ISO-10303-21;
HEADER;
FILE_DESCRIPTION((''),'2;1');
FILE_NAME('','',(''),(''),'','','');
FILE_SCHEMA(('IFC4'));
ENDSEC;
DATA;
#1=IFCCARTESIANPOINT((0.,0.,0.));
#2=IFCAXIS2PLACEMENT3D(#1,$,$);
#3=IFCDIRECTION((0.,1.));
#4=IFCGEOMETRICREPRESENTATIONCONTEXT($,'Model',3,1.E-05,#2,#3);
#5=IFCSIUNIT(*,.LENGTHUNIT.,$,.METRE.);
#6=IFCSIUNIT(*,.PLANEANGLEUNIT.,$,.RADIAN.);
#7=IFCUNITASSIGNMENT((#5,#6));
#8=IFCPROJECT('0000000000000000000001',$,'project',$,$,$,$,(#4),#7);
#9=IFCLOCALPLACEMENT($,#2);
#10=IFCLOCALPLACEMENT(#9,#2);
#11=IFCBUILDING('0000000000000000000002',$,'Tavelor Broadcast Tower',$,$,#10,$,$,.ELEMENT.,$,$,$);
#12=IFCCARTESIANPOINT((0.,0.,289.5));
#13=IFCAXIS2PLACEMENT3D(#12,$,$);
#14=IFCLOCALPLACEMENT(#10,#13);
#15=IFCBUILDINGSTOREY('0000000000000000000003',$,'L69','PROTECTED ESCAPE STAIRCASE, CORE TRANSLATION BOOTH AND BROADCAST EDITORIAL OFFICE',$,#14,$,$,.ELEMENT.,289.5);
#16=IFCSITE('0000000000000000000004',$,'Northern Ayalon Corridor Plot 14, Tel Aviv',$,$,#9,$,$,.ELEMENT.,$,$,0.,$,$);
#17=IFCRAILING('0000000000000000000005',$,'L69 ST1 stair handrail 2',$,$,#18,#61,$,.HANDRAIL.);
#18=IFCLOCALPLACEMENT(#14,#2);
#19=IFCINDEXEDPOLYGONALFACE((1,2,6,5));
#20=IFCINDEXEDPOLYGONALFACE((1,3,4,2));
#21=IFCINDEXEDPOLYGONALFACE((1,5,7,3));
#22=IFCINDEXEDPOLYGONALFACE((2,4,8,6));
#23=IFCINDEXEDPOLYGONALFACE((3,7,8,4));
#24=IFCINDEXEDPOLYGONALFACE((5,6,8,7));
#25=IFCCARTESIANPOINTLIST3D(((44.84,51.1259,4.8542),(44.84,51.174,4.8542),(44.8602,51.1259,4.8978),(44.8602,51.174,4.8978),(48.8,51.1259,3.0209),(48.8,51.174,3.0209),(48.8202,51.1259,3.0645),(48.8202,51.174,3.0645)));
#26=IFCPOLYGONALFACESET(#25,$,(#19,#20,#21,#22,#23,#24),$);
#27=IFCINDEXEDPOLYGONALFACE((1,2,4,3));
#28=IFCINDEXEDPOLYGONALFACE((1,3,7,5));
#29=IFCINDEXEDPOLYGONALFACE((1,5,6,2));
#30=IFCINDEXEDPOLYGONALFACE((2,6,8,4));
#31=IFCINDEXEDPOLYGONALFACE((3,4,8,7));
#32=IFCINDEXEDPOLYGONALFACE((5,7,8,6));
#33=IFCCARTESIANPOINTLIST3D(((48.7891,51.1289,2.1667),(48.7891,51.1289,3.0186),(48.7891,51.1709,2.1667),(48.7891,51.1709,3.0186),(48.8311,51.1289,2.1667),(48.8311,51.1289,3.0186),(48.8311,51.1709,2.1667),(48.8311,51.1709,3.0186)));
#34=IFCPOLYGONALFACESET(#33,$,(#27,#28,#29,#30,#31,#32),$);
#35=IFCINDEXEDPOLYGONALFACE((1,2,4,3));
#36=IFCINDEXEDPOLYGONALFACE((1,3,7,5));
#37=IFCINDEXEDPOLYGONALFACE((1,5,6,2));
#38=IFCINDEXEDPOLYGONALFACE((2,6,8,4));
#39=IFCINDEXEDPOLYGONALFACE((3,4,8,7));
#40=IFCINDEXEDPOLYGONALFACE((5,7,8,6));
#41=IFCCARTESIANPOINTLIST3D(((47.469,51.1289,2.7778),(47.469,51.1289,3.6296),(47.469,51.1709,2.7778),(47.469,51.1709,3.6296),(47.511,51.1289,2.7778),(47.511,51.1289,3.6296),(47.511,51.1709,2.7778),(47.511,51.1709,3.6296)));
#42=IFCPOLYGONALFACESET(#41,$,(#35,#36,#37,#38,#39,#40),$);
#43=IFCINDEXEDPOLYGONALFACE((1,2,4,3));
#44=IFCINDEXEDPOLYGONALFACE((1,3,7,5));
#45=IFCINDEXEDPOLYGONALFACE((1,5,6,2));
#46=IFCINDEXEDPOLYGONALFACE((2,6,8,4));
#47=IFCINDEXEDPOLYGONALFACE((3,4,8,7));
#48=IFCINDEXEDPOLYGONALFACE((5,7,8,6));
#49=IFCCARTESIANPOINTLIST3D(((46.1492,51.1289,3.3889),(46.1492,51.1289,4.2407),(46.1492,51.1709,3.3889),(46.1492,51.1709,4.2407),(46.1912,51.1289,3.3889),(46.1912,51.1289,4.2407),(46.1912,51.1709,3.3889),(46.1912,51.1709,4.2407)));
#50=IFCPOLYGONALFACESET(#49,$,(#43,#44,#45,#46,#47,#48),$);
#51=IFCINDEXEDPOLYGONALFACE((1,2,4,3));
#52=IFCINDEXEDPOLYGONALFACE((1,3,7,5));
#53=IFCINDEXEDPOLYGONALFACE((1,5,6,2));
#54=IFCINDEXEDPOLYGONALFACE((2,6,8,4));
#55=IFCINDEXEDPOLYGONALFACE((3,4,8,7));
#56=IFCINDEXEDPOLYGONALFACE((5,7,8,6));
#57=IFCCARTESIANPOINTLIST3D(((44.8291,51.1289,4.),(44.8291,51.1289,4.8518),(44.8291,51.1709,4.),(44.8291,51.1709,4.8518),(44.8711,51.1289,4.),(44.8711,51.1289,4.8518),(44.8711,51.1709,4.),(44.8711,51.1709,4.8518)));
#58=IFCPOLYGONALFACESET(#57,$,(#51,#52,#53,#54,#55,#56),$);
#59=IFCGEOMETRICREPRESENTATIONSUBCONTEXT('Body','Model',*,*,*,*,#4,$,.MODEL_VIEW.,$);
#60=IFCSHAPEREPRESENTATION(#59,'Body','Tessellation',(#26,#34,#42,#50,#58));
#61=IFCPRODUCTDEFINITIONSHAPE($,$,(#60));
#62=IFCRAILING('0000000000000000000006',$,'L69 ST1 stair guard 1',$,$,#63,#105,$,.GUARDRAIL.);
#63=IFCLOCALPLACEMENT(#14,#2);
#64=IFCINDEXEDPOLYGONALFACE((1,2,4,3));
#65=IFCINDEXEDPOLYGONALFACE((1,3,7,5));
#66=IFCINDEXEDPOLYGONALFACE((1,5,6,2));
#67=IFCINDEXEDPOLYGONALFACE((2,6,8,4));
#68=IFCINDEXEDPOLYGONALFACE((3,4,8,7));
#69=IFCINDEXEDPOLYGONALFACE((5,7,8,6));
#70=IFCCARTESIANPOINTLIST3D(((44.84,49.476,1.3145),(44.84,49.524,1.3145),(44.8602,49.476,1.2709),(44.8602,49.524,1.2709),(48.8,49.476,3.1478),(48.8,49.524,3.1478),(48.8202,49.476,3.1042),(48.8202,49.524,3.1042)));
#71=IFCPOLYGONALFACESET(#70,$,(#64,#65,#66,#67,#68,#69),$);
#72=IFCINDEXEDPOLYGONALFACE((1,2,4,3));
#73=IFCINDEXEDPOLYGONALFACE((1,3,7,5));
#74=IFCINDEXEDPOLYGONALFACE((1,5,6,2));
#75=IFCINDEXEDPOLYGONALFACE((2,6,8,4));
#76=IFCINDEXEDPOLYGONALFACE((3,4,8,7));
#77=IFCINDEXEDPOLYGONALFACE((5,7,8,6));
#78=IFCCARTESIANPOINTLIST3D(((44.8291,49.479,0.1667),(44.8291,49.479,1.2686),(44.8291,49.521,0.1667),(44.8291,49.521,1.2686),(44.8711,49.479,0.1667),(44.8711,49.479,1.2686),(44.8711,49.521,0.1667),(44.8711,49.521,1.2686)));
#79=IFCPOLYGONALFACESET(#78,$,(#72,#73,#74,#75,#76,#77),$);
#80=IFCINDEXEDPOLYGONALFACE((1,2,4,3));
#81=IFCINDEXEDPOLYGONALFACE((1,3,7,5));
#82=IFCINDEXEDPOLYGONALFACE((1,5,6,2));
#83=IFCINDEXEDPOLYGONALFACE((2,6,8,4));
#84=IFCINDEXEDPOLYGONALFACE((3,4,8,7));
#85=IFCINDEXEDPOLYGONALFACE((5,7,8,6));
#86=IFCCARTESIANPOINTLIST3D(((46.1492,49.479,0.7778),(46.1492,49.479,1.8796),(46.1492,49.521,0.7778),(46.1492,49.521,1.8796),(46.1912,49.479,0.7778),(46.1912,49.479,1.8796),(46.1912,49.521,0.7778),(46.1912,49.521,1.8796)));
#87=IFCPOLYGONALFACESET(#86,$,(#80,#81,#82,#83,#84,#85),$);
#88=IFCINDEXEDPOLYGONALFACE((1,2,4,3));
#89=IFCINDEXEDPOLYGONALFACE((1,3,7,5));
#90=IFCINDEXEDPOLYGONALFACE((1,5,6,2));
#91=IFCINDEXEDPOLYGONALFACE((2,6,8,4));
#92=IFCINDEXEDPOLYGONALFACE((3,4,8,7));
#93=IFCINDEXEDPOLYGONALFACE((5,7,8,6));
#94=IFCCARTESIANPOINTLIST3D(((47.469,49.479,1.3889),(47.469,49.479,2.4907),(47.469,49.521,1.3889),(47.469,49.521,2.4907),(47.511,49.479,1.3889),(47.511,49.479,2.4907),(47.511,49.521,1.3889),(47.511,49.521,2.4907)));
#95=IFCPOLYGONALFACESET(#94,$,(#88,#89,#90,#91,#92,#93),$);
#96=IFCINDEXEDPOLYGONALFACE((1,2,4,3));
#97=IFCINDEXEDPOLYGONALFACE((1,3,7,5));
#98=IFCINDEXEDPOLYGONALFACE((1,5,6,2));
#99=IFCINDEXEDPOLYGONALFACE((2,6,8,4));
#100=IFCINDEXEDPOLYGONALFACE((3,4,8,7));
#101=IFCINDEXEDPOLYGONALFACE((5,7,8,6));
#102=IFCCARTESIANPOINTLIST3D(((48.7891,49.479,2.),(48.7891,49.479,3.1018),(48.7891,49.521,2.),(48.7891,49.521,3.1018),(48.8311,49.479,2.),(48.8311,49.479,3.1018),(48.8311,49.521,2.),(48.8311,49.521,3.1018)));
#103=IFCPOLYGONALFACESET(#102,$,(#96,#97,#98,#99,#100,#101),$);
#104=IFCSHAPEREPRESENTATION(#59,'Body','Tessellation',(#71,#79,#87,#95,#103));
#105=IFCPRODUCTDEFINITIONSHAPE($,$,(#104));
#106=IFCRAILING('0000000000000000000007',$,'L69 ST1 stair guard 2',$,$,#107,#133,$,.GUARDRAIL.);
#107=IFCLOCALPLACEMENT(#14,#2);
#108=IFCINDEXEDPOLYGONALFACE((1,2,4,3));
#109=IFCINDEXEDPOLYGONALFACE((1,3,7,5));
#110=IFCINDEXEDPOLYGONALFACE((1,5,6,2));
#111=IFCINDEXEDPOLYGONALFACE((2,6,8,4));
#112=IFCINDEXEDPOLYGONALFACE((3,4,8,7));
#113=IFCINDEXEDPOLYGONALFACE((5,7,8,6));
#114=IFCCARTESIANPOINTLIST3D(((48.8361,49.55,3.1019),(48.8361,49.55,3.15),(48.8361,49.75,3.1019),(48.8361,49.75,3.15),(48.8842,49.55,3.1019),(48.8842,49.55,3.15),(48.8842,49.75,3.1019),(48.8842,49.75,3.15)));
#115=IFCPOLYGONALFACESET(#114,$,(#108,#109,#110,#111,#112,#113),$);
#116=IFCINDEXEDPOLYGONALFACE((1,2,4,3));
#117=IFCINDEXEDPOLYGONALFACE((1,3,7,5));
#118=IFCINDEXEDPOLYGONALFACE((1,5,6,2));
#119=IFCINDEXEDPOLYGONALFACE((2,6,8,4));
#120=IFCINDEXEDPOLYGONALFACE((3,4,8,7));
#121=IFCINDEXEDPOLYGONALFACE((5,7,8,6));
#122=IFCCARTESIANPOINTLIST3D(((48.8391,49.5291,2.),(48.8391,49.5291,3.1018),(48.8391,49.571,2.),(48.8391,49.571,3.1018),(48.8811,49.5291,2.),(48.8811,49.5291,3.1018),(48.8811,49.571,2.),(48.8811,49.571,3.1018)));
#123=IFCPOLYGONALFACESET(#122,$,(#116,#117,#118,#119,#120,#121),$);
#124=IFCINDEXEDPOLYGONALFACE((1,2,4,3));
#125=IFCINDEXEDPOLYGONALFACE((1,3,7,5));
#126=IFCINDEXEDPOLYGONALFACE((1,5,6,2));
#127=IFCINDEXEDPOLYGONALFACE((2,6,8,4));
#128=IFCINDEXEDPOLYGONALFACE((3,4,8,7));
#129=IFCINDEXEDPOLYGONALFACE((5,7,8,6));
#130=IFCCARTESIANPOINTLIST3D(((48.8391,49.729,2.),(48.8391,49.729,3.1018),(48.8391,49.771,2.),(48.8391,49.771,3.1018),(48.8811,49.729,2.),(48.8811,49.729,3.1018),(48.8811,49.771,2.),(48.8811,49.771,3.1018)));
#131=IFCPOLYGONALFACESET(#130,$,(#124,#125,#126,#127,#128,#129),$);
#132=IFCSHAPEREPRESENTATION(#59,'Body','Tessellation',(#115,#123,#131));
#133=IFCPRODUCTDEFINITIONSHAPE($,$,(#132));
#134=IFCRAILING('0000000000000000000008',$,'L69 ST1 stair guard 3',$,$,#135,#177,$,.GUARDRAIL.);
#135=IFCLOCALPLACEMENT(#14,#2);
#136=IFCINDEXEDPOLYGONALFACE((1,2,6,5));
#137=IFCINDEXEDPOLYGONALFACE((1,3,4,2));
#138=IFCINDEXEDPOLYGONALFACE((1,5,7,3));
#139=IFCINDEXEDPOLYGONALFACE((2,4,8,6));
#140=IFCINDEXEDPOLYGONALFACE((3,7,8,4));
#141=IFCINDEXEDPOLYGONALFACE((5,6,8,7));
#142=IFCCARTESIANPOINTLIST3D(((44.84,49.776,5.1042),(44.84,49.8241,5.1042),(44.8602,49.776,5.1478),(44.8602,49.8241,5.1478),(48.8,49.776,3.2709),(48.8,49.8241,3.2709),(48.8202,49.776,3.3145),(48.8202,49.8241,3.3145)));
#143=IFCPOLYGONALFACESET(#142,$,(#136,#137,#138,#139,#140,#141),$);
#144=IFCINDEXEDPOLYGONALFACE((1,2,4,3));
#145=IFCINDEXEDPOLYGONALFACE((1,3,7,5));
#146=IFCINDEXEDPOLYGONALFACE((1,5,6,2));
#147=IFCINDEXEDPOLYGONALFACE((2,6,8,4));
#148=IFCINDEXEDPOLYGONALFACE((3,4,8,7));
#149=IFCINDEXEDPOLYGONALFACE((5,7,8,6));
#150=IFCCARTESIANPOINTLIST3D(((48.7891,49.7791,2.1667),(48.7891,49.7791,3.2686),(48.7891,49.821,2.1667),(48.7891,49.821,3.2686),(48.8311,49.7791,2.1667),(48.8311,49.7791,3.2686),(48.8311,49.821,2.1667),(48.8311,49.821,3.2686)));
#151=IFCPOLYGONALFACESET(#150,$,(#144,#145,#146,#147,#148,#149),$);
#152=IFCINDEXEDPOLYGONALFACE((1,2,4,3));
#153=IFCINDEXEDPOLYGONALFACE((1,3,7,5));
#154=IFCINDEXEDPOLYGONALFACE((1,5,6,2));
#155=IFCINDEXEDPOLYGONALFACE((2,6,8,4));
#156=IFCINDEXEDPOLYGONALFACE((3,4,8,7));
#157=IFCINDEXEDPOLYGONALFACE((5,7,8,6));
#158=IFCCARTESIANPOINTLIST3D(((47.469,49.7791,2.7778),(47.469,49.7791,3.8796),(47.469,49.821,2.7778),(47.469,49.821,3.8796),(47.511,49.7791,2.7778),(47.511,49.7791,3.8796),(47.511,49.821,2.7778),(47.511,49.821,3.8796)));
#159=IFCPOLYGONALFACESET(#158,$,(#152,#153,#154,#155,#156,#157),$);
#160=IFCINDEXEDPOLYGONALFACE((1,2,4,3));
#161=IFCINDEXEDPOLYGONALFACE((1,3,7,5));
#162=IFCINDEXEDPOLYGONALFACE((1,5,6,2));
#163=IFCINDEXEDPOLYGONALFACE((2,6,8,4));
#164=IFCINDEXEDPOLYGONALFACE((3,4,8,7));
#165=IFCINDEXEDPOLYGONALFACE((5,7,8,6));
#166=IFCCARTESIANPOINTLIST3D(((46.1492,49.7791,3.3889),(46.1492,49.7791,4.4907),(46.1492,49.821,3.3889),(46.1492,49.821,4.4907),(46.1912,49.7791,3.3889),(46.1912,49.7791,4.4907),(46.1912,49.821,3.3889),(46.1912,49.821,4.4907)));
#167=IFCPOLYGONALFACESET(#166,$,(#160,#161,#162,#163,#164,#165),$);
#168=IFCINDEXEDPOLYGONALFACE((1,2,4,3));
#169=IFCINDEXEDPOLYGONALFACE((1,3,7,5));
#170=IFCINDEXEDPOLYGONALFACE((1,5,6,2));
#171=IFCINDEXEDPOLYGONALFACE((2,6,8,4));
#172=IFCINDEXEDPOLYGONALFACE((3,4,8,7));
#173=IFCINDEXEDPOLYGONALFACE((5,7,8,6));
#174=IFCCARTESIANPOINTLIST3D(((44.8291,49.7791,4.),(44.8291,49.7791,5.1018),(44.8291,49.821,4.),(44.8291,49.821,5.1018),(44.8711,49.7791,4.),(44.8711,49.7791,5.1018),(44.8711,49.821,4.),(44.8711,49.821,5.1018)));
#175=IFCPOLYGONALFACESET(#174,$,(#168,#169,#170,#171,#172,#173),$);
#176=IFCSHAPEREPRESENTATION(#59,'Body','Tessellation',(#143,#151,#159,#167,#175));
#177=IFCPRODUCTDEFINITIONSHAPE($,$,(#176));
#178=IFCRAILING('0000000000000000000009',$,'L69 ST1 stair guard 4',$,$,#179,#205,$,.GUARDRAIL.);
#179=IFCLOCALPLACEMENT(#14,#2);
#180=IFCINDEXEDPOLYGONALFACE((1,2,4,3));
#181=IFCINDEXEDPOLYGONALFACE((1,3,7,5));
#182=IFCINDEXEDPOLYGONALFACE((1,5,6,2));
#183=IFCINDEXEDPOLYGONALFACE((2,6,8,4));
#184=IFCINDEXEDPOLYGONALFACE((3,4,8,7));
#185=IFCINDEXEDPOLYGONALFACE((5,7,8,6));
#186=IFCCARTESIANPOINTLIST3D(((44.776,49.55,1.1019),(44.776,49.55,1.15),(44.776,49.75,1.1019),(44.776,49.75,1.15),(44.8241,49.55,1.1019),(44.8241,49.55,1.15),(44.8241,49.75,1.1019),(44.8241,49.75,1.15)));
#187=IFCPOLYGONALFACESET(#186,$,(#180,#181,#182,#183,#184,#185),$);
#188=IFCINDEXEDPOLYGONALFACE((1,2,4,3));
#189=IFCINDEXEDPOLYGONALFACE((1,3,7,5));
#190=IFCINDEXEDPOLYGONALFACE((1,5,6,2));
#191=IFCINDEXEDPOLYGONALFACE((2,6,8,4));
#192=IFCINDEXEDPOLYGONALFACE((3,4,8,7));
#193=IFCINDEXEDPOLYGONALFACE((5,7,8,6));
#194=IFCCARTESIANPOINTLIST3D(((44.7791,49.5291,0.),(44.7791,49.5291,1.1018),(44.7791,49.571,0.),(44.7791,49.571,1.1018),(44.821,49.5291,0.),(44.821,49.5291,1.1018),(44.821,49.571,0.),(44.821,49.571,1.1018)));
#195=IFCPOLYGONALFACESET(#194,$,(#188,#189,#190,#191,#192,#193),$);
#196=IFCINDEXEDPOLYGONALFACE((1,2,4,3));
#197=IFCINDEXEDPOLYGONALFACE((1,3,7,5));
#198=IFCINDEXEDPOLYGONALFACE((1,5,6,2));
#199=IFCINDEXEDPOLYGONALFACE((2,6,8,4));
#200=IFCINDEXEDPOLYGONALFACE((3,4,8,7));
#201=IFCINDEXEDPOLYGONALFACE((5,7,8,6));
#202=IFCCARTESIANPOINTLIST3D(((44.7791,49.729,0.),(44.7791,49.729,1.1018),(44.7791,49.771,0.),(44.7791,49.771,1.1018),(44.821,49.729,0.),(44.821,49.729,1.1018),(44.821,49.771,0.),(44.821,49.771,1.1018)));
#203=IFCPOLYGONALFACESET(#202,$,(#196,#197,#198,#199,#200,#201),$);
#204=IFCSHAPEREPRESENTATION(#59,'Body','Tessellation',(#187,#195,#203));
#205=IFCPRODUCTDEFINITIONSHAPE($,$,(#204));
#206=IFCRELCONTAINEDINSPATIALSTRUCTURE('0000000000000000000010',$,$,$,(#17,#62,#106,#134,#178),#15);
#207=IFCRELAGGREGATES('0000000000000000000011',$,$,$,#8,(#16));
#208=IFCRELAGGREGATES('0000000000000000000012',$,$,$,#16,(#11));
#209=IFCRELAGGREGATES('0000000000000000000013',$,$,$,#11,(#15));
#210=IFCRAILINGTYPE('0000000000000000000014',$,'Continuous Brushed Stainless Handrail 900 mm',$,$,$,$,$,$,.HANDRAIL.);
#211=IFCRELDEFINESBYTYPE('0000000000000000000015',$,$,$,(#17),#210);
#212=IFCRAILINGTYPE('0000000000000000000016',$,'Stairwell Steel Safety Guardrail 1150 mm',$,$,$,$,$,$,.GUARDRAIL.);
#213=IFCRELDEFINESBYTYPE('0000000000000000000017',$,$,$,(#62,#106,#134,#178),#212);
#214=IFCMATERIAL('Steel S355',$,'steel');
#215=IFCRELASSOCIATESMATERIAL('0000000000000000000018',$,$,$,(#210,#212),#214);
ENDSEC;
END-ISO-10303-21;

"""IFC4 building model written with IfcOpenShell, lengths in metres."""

from ifc_helpers import new_model, si_unit, direction, frame, origin, origin_2d, place, context, subcontext, project, spatial, rectangle, extrude, material, type_object, element, save


model = new_model("IFC4")

# Units and contexts
model_context = context("Model", 3, precision=1e-05, world=origin(), true_north=direction((0.0, 1.0)))
body_context = subcontext(model_context, "Body", "Model", "MODEL_VIEW")
ifc_project = project(units=[si_unit("LENGTHUNIT", "METRE"), si_unit("PLANEANGLEUNIT", "RADIAN")], contexts=[model_context])

# Site, building, storey
site_placement = place(None, origin())
site = spatial("IfcSite", under=ifc_project, at=site_placement, Name="Northern Ayalon Corridor Plot 14, Tel Aviv", CompositionType="ELEMENT", RefElevation=0.0)
building_placement = place(site_placement, origin())
building = spatial("IfcBuilding", under=site, at=building_placement, Name="Tavelor Broadcast Tower", CompositionType="ELEMENT")
storey_placement = place(building_placement, frame((0.0, 0.0, 289.5)))
storey = spatial("IfcBuildingStorey", under=building, at=storey_placement, Name="L69", Description="PROTECTED ESCAPE STAIRCASE, CORE TRANSLATION BOOTH AND BROADCAST EDITORIAL OFFICE", CompositionType="ELEMENT", Elevation=289.5)

# Shared definitions
ifc_material_1 = material(Name="Steel S355", Category="steel")

# Railings
railing_type_1 = type_object("IfcRailingType", Name="Continuous Brushed Stainless Handrail 900 mm", PredefinedType="HANDRAIL", material=ifc_material_1)
railing_1_placement = place(storey_placement, frame((48.8101, 51.1499, 2.1667)))
element("IfcRailing", 1, at=railing_1_placement, inside=storey, type_object=railing_type_1, Name="L69 ST1 stair handrail 2", PredefinedType="HANDRAIL", context=body_context, shape_type="SweptSolid", body=[
    extrude(rectangle(XDim=0.0481, YDim=0.0481, at=origin_2d()), frame((0.0, 0.0, 0.876), z_axis=(-0.907472, 0.0, 0.420112), x_axis=(0.0, -1.0, 0.0)), (0.0, 0.0, 1.0), 4.3638),
    extrude(rectangle(XDim=0.042, YDim=0.042, at=origin_2d()), origin(), (0.0, 0.0, 1.0), 0.8518),
    extrude(rectangle(XDim=0.042, YDim=0.042, at=origin_2d()), frame((-1.3201, 0.0, 0.6111)), (0.0, 0.0, 1.0), 0.8518),
    extrude(rectangle(XDim=0.042, YDim=0.042, at=origin_2d()), frame((-2.6399, 0.0, 1.2222)), (0.0, 0.0, 1.0), 0.8518),
    extrude(rectangle(XDim=0.042, YDim=0.042, at=origin_2d()), frame((-3.96, 0.0, 1.8333)), (0.0, 0.0, 1.0), 0.8518),
])
railing_type_2 = type_object("IfcRailingType", Name="Stairwell Steel Safety Guardrail 1150 mm", PredefinedType="GUARDRAIL", material=ifc_material_1)
railing_2_placement = place(storey_placement, frame((44.8501, 49.5, 0.1667)))
element("IfcRailing", 2, at=railing_2_placement, inside=storey, type_object=railing_type_2, Name="L69 ST1 stair guard 1", PredefinedType="GUARDRAIL", context=body_context, shape_type="SweptSolid", body=[
    extrude(rectangle(XDim=0.0481, YDim=0.0481, at=origin_2d()), frame((0.0, 0.0, 1.126), z_axis=(0.907472, 0.0, 0.420112), x_axis=(0.0, 1.0, 0.0)), (0.0, 0.0, 1.0), 4.3638),
    extrude(rectangle(XDim=0.042, YDim=0.042, at=origin_2d()), origin(), (0.0, 0.0, 1.0), 1.1018),
    extrude(rectangle(XDim=0.042, YDim=0.042, at=origin_2d()), frame((1.3201, 0.0, 0.6111)), (0.0, 0.0, 1.0), 1.1018),
    extrude(rectangle(XDim=0.042, YDim=0.042, at=origin_2d()), frame((2.6399, 0.0, 1.2222)), (0.0, 0.0, 1.0), 1.1018),
    extrude(rectangle(XDim=0.042, YDim=0.042, at=origin_2d()), frame((3.96, 0.0, 1.8333)), (0.0, 0.0, 1.0), 1.1018),
])
railing_3_placement = place(storey_placement, frame((48.8601, 49.55, 2.0)))
element("IfcRailing", 3, at=railing_3_placement, inside=storey, type_object=railing_type_2, Name="L69 ST1 stair guard 2", PredefinedType="GUARDRAIL", context=body_context, shape_type="SweptSolid", body=[
    extrude(rectangle(XDim=0.0481, YDim=0.0481, at=origin_2d()), frame((0.0, 0.0, 1.126), z_axis=(0.0, 1.0, 0.0), x_axis=(-1.0, 0.0, 0.0)), (0.0, 0.0, 1.0), 0.2),
    extrude(rectangle(XDim=0.042, YDim=0.042, at=origin_2d()), origin(), (0.0, 0.0, 1.0), 1.1018),
    extrude(rectangle(XDim=0.042, YDim=0.042, at=origin_2d()), frame((0.0, 0.2, 0.0)), (0.0, 0.0, 1.0), 1.1018),
])
railing_4_placement = place(storey_placement, frame((48.8101, 49.8, 2.1667)))
element("IfcRailing", 4, at=railing_4_placement, inside=storey, type_object=railing_type_2, Name="L69 ST1 stair guard 3", PredefinedType="GUARDRAIL", context=body_context, shape_type="SweptSolid", body=[
    extrude(rectangle(XDim=0.0481, YDim=0.0481, at=origin_2d()), frame((0.0, 0.0, 1.126), z_axis=(-0.907472, 0.0, 0.420112), x_axis=(0.0, -1.0, 0.0)), (0.0, 0.0, 1.0), 4.3638),
    extrude(rectangle(XDim=0.042, YDim=0.042, at=origin_2d()), origin(), (0.0, 0.0, 1.0), 1.1018),
    extrude(rectangle(XDim=0.042, YDim=0.042, at=origin_2d()), frame((-1.3201, 0.0, 0.6111)), (0.0, 0.0, 1.0), 1.1018),
    extrude(rectangle(XDim=0.042, YDim=0.042, at=origin_2d()), frame((-2.6399, 0.0, 1.2222)), (0.0, 0.0, 1.0), 1.1018),
    extrude(rectangle(XDim=0.042, YDim=0.042, at=origin_2d()), frame((-3.96, 0.0, 1.8333)), (0.0, 0.0, 1.0), 1.1018),
])
railing_5_placement = place(storey_placement, frame((44.8, 49.55, 0.0)))
element("IfcRailing", 5, at=railing_5_placement, inside=storey, type_object=railing_type_2, Name="L69 ST1 stair guard 4", PredefinedType="GUARDRAIL", context=body_context, shape_type="SweptSolid", body=[
    extrude(rectangle(XDim=0.0481, YDim=0.0481, at=origin_2d()), frame((0.0, 0.0, 1.126), z_axis=(0.0, 1.0, 0.0), x_axis=(-1.0, 0.0, 0.0)), (0.0, 0.0, 1.0), 0.2),
    extrude(rectangle(XDim=0.042, YDim=0.042, at=origin_2d()), origin(), (0.0, 0.0, 1.0), 1.1018),
    extrude(rectangle(XDim=0.042, YDim=0.042, at=origin_2d()), frame((0.0, 0.2, 0.0)), (0.0, 0.0, 1.0), 1.1018),
])

save(model, "model.ifc")
